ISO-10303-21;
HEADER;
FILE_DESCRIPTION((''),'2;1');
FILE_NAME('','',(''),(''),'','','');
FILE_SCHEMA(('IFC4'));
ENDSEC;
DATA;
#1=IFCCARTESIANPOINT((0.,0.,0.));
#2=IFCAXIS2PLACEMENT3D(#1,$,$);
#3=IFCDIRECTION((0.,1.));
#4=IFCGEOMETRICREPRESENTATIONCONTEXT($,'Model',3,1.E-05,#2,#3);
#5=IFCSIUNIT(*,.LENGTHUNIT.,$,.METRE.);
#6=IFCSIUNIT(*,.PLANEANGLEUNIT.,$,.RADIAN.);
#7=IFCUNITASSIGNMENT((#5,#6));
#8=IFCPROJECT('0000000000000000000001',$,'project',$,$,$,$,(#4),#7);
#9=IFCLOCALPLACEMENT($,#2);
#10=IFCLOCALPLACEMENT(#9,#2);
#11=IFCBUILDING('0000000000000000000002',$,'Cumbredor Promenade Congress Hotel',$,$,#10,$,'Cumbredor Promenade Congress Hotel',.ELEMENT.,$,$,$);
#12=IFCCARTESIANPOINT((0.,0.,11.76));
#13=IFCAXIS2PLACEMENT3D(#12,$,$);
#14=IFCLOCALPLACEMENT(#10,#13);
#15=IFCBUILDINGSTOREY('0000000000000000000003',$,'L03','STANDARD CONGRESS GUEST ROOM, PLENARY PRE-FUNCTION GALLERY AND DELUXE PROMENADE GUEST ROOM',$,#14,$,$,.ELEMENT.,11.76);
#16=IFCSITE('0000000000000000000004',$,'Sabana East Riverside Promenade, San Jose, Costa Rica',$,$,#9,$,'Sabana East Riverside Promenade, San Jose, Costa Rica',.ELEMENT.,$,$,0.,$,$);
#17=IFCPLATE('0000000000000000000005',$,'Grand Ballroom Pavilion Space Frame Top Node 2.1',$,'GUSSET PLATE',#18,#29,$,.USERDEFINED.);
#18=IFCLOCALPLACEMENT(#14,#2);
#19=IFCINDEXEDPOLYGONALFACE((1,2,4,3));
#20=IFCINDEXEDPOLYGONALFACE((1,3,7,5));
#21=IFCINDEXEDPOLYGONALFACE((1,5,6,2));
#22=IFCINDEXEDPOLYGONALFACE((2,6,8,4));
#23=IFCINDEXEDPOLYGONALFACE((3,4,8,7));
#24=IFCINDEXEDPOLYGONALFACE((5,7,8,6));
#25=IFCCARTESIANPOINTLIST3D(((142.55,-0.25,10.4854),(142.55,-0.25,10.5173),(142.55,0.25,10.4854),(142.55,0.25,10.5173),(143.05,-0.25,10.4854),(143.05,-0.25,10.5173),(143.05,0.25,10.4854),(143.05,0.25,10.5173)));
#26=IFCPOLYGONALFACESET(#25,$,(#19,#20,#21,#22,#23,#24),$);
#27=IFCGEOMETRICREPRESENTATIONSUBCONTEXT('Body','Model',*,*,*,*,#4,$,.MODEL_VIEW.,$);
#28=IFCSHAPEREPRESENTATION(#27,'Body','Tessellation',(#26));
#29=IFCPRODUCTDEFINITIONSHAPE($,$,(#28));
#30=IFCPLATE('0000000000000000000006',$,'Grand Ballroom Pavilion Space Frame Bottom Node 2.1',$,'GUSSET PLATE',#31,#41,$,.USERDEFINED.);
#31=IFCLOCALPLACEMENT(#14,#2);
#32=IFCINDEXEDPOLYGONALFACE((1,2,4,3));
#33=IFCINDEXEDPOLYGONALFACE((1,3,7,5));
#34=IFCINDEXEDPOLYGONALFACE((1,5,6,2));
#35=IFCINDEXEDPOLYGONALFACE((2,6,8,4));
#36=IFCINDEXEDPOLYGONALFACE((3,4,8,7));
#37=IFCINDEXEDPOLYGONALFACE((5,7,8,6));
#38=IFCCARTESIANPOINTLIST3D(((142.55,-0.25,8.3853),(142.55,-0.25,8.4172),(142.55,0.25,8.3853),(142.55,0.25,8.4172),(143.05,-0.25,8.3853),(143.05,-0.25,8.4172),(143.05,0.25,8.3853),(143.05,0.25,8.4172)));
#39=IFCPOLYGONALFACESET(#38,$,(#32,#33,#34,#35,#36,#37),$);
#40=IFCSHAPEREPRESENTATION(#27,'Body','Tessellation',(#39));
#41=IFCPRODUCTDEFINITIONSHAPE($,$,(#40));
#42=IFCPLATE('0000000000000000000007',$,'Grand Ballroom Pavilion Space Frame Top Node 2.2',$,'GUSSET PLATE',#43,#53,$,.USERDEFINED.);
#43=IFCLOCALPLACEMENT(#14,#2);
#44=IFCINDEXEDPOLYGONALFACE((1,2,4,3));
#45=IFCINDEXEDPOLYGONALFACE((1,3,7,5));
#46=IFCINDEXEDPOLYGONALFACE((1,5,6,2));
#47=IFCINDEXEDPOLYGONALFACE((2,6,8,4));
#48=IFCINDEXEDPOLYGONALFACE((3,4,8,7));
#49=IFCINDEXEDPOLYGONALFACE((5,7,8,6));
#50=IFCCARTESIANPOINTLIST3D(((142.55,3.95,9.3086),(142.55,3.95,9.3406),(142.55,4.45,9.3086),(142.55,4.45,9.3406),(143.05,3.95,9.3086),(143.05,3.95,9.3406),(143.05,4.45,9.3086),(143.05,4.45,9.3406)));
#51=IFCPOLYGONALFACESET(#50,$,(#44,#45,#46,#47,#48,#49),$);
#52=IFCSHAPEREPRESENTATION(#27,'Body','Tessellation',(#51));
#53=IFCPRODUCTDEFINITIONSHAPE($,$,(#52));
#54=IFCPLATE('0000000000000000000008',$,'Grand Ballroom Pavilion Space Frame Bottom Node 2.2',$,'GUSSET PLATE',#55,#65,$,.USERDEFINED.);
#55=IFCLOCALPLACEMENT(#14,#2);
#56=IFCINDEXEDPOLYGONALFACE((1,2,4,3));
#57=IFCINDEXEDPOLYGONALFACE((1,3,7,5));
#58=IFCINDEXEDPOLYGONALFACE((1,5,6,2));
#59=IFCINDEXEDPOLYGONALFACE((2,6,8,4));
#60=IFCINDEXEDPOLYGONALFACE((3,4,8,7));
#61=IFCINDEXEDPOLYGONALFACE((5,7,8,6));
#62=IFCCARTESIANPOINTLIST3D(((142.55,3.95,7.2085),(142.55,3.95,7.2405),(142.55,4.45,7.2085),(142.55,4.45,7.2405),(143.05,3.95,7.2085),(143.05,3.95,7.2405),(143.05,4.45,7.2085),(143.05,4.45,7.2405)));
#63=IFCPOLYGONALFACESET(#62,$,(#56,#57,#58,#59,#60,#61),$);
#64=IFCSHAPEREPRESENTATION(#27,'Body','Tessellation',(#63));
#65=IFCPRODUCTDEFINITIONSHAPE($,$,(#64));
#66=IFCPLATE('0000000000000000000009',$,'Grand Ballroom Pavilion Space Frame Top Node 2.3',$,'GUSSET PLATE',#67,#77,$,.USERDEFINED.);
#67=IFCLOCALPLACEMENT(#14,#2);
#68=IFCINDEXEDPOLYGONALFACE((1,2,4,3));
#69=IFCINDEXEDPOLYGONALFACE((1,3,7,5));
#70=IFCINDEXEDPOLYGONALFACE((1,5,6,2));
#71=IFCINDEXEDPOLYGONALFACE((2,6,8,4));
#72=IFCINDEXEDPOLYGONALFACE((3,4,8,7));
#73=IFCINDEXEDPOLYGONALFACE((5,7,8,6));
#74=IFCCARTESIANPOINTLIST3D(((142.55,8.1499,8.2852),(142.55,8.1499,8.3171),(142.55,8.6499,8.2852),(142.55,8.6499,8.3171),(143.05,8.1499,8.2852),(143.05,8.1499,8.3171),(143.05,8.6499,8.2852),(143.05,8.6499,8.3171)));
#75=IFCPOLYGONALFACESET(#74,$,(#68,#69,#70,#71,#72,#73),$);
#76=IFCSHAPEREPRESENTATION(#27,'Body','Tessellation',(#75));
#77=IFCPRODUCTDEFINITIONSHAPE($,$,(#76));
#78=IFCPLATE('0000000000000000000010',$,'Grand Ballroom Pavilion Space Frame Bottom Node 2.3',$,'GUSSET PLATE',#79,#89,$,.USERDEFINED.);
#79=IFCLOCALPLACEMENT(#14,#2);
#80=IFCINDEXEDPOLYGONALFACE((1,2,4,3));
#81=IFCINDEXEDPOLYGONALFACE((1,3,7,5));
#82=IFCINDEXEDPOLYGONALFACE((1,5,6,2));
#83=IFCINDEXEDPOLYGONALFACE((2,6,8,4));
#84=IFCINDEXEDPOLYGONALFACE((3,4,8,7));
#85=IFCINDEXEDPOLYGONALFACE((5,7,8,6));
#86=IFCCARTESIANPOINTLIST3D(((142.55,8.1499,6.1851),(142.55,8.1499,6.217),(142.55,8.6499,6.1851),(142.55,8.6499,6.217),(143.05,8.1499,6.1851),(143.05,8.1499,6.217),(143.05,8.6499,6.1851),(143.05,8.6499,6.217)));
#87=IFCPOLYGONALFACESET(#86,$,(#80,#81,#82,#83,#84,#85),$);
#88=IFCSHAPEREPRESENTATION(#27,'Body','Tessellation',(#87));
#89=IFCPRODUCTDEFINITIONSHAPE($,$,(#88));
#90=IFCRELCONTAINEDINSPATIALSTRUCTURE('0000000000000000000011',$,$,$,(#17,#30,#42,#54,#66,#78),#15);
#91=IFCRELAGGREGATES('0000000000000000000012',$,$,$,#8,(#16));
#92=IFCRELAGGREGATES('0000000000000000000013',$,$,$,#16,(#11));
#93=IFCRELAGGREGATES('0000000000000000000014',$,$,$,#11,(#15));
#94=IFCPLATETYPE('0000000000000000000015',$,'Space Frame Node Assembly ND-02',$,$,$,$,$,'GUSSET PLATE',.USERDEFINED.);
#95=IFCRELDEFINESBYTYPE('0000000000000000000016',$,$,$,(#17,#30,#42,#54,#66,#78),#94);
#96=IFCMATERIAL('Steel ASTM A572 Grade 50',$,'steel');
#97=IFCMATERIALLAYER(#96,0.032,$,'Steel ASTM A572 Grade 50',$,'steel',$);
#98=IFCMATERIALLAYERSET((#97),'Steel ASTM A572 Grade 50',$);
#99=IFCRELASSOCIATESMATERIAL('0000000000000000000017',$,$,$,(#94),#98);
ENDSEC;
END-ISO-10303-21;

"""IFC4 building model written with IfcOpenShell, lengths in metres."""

from ifc_helpers import new_model, si_unit, direction, frame, origin, origin_2d, place, context, subcontext, project, spatial, rectangle, extrude, material, layer, layer_set, type_object, element, save


model = new_model("IFC4")

# Units and contexts
model_context = context("Model", 3, precision=1e-05, world=origin(), true_north=direction((0.0, 1.0)))
body_context = subcontext(model_context, "Body", "Model", "MODEL_VIEW")
ifc_project = project(units=[si_unit("LENGTHUNIT", "METRE"), si_unit("PLANEANGLEUNIT", "RADIAN")], contexts=[model_context])

# Site, building, storey
site_placement = place(None, origin())
site = spatial("IfcSite", under=ifc_project, at=site_placement, Name="Sabana East Riverside Promenade, San Jose, Costa Rica", LongName="Sabana East Riverside Promenade, San Jose, Costa Rica", CompositionType="ELEMENT", RefElevation=0.0)
building_placement = place(site_placement, origin())
building = spatial("IfcBuilding", under=site, at=building_placement, Name="Cumbredor Promenade Congress Hotel", LongName="Cumbredor Promenade Congress Hotel", CompositionType="ELEMENT")
storey_placement = place(building_placement, frame((0.0, 0.0, 11.76)))
storey = spatial("IfcBuildingStorey", under=building, at=storey_placement, Name="L03", Description="STANDARD CONGRESS GUEST ROOM, PLENARY PRE-FUNCTION GALLERY AND DELUXE PROMENADE GUEST ROOM", CompositionType="ELEMENT", Elevation=11.76)

# Plates
ifc_material_1 = material(Name="Steel ASTM A572 Grade 50", Category="steel")
ifc_layer_1 = layer(ifc_material_1, 0.032, Name="Steel ASTM A572 Grade 50", Category="steel")
ifc_layer_set_1 = layer_set([ifc_layer_1], Name="Steel ASTM A572 Grade 50")
plate_type_1 = type_object("IfcPlateType", Name="Space Frame Node Assembly ND-02", ElementType="GUSSET PLATE", PredefinedType="USERDEFINED", material=ifc_layer_set_1)
for number, where, z_axis, x_axis, name in (
    (1, (142.8, 0.0, 10.4854), (0.0, 0.0, 1.0), (1.0, 0.0, 0.0), "Grand Ballroom Pavilion Space Frame Top Node 2.1"),
    (2, (142.8, 0.0, 8.3853), (0.0, 0.0, 1.0), (1.0, 0.0, 0.0), "Grand Ballroom Pavilion Space Frame Bottom Node 2.1"),
    (3, (142.8, 4.2, 9.3086), (0.0, 0.0, 1.0), (1.0, 0.0, 0.0), "Grand Ballroom Pavilion Space Frame Top Node 2.2"),
    (4, (142.8, 4.2, 7.2085), (0.0, 0.0, 1.0), (1.0, 0.0, 0.0), "Grand Ballroom Pavilion Space Frame Bottom Node 2.2"),
    (5, (142.8, 8.3999, 8.2852), (0.0, 0.0, 1.0), (1.0, 0.0, 0.0), "Grand Ballroom Pavilion Space Frame Top Node 2.3"),
    (6, (142.8, 8.3999, 6.1851), (0.0, 0.0, 1.0), (1.0, 0.0, 0.0), "Grand Ballroom Pavilion Space Frame Bottom Node 2.3"),
):
    element("IfcPlate", number, at=place(storey_placement, frame(where, z_axis=z_axis, x_axis=x_axis)), inside=storey, type_object=plate_type_1, Name=name, ObjectType="GUSSET PLATE", PredefinedType="USERDEFINED", context=body_context, shape_type="SweptSolid", body=[
        extrude(rectangle(XDim=0.5, YDim=0.5, at=origin_2d()), origin(), (0.0, 0.0, 1.0), 0.032),
    ])

save(model, "model.ifc")
